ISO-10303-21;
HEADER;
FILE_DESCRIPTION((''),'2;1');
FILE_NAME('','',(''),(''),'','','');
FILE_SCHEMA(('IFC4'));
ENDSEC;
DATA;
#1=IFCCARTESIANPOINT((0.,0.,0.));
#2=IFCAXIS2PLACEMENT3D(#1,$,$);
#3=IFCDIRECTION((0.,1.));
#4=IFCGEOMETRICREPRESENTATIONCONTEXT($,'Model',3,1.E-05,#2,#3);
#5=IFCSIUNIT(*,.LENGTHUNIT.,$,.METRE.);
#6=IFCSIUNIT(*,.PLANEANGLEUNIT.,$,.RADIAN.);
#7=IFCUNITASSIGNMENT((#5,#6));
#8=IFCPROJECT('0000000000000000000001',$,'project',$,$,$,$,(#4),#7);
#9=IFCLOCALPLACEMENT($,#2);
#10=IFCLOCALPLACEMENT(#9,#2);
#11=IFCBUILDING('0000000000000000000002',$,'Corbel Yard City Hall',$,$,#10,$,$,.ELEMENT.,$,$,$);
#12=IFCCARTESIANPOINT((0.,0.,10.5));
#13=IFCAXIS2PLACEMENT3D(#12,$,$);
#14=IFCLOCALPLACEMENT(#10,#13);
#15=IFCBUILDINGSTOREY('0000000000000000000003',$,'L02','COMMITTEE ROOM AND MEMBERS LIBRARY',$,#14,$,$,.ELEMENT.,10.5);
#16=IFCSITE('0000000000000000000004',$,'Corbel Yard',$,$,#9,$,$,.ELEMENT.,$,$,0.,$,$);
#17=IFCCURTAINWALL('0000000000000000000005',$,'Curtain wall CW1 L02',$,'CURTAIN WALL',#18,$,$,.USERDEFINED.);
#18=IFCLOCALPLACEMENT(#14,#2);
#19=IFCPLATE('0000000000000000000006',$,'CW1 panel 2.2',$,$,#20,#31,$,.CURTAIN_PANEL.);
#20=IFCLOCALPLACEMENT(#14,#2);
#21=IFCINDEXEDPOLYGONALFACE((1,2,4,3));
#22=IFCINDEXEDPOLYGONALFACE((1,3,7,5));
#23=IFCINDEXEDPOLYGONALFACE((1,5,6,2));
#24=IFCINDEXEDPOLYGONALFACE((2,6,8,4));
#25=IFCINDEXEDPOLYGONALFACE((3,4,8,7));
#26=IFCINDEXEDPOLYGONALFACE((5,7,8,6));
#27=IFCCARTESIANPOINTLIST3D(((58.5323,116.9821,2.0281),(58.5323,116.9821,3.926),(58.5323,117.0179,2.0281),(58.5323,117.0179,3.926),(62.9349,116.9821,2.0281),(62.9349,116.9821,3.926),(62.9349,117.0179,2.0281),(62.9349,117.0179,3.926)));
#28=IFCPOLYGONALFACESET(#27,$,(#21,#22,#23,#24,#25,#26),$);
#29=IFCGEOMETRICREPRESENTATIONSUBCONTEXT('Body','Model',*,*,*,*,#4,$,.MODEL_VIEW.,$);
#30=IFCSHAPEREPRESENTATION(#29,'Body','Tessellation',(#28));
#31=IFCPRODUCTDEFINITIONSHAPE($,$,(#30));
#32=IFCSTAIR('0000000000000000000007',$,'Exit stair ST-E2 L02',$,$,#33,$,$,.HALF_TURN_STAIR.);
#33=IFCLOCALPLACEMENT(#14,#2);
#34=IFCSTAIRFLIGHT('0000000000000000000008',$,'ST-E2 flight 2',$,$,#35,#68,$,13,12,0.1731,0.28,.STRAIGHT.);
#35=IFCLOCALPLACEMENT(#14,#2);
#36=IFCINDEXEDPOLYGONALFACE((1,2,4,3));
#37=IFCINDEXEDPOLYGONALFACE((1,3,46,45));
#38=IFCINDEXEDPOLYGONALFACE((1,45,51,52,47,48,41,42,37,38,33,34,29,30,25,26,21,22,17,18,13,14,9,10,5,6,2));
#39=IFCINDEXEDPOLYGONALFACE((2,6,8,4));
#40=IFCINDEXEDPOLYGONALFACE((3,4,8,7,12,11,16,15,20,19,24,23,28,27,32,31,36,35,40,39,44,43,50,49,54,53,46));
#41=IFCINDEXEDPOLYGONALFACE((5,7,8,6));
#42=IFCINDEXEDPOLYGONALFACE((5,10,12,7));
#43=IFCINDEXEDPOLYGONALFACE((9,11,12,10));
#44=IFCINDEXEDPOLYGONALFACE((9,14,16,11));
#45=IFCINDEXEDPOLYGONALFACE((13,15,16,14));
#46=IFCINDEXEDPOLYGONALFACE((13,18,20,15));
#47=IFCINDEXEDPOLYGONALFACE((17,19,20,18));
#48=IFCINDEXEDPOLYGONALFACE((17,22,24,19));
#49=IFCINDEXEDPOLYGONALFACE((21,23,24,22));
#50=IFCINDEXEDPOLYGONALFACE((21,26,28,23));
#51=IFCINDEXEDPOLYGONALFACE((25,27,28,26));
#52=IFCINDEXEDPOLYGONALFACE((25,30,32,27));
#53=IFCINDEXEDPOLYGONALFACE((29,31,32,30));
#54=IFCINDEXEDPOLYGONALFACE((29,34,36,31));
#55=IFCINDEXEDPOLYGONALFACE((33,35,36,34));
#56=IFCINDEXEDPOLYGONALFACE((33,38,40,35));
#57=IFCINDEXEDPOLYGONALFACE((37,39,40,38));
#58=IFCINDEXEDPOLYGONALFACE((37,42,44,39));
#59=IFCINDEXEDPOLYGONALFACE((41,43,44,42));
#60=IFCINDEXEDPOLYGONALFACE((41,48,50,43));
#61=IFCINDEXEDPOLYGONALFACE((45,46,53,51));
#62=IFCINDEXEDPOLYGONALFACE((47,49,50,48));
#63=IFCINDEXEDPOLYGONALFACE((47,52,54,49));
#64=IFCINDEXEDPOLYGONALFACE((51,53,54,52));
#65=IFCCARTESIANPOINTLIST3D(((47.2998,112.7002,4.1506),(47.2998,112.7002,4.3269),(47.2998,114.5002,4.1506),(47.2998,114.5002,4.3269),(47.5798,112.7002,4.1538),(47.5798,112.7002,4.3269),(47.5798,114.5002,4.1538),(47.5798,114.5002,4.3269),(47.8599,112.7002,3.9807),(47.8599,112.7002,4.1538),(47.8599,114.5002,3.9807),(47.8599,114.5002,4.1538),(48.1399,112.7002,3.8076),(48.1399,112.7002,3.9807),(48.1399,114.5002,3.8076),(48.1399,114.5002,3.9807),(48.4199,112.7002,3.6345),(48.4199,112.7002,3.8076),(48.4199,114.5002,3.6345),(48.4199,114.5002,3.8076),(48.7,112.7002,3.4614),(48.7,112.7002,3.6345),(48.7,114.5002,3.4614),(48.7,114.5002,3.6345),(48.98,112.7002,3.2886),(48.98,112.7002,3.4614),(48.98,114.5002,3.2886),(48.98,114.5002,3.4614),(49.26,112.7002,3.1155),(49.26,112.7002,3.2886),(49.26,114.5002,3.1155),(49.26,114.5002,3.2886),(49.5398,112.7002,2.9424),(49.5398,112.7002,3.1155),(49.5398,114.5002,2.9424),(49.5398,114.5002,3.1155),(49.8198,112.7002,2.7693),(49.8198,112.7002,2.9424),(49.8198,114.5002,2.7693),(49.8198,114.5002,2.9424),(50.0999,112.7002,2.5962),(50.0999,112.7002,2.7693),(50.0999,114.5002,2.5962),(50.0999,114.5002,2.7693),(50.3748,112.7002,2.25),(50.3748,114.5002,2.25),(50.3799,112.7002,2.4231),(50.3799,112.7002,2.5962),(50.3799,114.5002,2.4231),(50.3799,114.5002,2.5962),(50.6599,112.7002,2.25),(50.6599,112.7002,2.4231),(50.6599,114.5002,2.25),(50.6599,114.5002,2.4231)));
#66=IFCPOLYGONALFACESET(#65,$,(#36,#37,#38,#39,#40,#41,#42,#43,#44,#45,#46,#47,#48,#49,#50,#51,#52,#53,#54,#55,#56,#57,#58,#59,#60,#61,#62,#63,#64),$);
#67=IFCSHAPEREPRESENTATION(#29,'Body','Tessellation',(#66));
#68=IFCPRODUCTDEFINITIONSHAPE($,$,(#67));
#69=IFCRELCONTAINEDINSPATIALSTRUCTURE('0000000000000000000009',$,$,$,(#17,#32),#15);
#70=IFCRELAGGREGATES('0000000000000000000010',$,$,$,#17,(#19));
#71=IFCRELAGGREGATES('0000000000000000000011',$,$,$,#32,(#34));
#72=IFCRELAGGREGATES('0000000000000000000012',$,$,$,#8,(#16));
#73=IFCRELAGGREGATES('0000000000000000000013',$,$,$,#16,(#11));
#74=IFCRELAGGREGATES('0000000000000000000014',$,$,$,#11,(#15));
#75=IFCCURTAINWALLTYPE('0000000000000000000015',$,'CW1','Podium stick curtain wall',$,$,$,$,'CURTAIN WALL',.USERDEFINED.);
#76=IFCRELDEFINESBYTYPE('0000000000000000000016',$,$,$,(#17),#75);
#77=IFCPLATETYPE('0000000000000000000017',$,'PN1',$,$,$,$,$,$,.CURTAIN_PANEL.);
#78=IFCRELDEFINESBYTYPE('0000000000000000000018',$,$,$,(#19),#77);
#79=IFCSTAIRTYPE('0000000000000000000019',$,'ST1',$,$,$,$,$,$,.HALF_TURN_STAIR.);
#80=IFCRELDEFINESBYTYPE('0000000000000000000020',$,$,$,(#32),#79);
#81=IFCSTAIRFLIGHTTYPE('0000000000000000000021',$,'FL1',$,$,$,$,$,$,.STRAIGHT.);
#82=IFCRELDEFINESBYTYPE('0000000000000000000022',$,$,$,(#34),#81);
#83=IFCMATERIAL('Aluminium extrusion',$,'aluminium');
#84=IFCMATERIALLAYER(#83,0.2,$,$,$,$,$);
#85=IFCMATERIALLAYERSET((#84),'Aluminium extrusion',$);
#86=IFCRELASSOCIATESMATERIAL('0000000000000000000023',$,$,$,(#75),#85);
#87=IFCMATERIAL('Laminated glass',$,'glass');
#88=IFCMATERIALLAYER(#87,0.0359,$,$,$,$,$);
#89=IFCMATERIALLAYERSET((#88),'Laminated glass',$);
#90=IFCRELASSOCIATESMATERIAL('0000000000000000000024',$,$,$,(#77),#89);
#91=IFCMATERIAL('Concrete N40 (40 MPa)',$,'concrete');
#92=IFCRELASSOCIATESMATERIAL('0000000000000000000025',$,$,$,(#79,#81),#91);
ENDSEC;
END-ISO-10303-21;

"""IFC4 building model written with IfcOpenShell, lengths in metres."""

from ifc_helpers import new_model, si_unit, direction, frame, origin, origin_2d, place, context, subcontext, project, spatial, polyline, rectangle, outline, extrude, material, layer, layer_set, type_object, element, aggregate, save


model = new_model("IFC4")

# Units and contexts
model_context = context("Model", 3, precision=1e-05, world=origin(), true_north=direction((0.0, 1.0)))
body_context = subcontext(model_context, "Body", "Model", "MODEL_VIEW")
ifc_project = project(units=[si_unit("LENGTHUNIT", "METRE"), si_unit("PLANEANGLEUNIT", "RADIAN")], contexts=[model_context])

# Site, building, storey
site_placement = place(None, origin())
site = spatial("IfcSite", under=ifc_project, at=site_placement, Name="Corbel Yard", CompositionType="ELEMENT", RefElevation=0.0)
building_placement = place(site_placement, origin())
building = spatial("IfcBuilding", under=site, at=building_placement, Name="Corbel Yard City Hall", CompositionType="ELEMENT")
storey_placement = place(building_placement, frame((0.0, 0.0, 10.5)))
storey = spatial("IfcBuildingStorey", under=building, at=storey_placement, Name="L02", Description="COMMITTEE ROOM AND MEMBERS LIBRARY", CompositionType="ELEMENT", Elevation=10.5)

# Curtain wall, plate
ifc_material_1 = material(Name="Aluminium extrusion", Category="aluminium")
ifc_layer_1 = layer(ifc_material_1, 0.2)
ifc_layer_set_1 = layer_set([ifc_layer_1], Name="Aluminium extrusion")
curtain_wall_type = type_object("IfcCurtainWallType", Name="CW1", Description="Podium stick curtain wall", ElementType="CURTAIN WALL", PredefinedType="USERDEFINED", material=ifc_layer_set_1)
curtain_wall_placement = place(storey_placement, origin())
curtain_wall = element("IfcCurtainWall", 1, at=curtain_wall_placement, inside=storey, type_object=curtain_wall_type, Name="Curtain wall CW1 L02", ObjectType="CURTAIN WALL", PredefinedType="USERDEFINED")
ifc_material_2 = material(Name="Laminated glass", Category="glass")
ifc_layer_2 = layer(ifc_material_2, 0.0359)
ifc_layer_set_2 = layer_set([ifc_layer_2], Name="Laminated glass")
plate_type = type_object("IfcPlateType", Name="PN1", PredefinedType="CURTAIN_PANEL", material=ifc_layer_set_2)
plate_1_placement = place(storey_placement, frame((60.7336, 117.0, 2.0281), z_axis=(0.0, 0.0, 1.0), x_axis=(1.0, 0.0, 0.0)))
plate_1 = element("IfcPlate", 2, at=plate_1_placement, type_object=plate_type, Name="CW1 panel 2.2", PredefinedType="CURTAIN_PANEL", context=body_context, shape_type="SweptSolid", body=[
    extrude(rectangle(XDim=4.4026, YDim=0.0359, at=origin_2d()), origin(), (0.0, 0.0, 1.0), 1.8979),
])
aggregate(curtain_wall, [plate_1])

# Stair, stair flight
ifc_material_3 = material(Name="Concrete N40 (40 MPa)", Category="concrete")
stair_type = type_object("IfcStairType", Name="ST1", PredefinedType="HALF_TURN_STAIR", material=ifc_material_3)
stair_placement = place(storey_placement, origin())
stair = element("IfcStair", 3, at=stair_placement, inside=storey, type_object=stair_type, Name="Exit stair ST-E2 L02", PredefinedType="HALF_TURN_STAIR")
stair_flight_type = type_object("IfcStairFlightType", Name="FL1", PredefinedType="STRAIGHT", material=ifc_material_3)
stair_flight_placement = place(storey_placement, frame((50.6599, 113.6001, 2.25), z_axis=(0.0, 0.0, 1.0), x_axis=(-1.0, 0.0, 0.0)))
stair_flight = element("IfcStairFlight", 4, at=stair_flight_placement, type_object=stair_flight_type, Name="ST-E2 flight 2", NumberOfRisers=13, NumberOfTreads=12, PredefinedType="STRAIGHT", RiserHeight=0.1731, TreadLength=0.28, context=body_context, shape_type="SweptSolid", body=[
    extrude(outline(polyline([(0.0, 0.0), (0.0, 0.1731), (0.28, 0.1731), (0.28, 0.3462), (0.5601, 0.3462), (0.5601, 0.5193), (0.8401, 0.5193), (0.8401, 0.6924), (1.1201, 0.6924), (1.1201, 0.8655), (1.3999, 0.8655), (1.3999, 1.0386), (1.6799, 1.0386), (1.6799, 1.2114), (1.96, 1.2114), (1.96, 1.3845), (2.24, 1.3845), (2.24, 1.5576), (2.52, 1.5576), (2.52, 1.7307), (2.8, 1.7307), (2.8, 1.9038), (3.0801, 1.9038), (3.0801, 2.0769), (3.3601, 2.0769), (3.3601, 2.25), (3.3601, 1.9006), (0.2852, 0.0), (0.0, 0.0)])), frame((0.0, 0.8999, 0.0), z_axis=(0.0, -1.0, 0.0), x_axis=(1.0, 0.0, 0.0)), (0.0, 0.0, 1.0), 1.8),
])
aggregate(stair, [stair_flight])

save(model, "model.ifc")
